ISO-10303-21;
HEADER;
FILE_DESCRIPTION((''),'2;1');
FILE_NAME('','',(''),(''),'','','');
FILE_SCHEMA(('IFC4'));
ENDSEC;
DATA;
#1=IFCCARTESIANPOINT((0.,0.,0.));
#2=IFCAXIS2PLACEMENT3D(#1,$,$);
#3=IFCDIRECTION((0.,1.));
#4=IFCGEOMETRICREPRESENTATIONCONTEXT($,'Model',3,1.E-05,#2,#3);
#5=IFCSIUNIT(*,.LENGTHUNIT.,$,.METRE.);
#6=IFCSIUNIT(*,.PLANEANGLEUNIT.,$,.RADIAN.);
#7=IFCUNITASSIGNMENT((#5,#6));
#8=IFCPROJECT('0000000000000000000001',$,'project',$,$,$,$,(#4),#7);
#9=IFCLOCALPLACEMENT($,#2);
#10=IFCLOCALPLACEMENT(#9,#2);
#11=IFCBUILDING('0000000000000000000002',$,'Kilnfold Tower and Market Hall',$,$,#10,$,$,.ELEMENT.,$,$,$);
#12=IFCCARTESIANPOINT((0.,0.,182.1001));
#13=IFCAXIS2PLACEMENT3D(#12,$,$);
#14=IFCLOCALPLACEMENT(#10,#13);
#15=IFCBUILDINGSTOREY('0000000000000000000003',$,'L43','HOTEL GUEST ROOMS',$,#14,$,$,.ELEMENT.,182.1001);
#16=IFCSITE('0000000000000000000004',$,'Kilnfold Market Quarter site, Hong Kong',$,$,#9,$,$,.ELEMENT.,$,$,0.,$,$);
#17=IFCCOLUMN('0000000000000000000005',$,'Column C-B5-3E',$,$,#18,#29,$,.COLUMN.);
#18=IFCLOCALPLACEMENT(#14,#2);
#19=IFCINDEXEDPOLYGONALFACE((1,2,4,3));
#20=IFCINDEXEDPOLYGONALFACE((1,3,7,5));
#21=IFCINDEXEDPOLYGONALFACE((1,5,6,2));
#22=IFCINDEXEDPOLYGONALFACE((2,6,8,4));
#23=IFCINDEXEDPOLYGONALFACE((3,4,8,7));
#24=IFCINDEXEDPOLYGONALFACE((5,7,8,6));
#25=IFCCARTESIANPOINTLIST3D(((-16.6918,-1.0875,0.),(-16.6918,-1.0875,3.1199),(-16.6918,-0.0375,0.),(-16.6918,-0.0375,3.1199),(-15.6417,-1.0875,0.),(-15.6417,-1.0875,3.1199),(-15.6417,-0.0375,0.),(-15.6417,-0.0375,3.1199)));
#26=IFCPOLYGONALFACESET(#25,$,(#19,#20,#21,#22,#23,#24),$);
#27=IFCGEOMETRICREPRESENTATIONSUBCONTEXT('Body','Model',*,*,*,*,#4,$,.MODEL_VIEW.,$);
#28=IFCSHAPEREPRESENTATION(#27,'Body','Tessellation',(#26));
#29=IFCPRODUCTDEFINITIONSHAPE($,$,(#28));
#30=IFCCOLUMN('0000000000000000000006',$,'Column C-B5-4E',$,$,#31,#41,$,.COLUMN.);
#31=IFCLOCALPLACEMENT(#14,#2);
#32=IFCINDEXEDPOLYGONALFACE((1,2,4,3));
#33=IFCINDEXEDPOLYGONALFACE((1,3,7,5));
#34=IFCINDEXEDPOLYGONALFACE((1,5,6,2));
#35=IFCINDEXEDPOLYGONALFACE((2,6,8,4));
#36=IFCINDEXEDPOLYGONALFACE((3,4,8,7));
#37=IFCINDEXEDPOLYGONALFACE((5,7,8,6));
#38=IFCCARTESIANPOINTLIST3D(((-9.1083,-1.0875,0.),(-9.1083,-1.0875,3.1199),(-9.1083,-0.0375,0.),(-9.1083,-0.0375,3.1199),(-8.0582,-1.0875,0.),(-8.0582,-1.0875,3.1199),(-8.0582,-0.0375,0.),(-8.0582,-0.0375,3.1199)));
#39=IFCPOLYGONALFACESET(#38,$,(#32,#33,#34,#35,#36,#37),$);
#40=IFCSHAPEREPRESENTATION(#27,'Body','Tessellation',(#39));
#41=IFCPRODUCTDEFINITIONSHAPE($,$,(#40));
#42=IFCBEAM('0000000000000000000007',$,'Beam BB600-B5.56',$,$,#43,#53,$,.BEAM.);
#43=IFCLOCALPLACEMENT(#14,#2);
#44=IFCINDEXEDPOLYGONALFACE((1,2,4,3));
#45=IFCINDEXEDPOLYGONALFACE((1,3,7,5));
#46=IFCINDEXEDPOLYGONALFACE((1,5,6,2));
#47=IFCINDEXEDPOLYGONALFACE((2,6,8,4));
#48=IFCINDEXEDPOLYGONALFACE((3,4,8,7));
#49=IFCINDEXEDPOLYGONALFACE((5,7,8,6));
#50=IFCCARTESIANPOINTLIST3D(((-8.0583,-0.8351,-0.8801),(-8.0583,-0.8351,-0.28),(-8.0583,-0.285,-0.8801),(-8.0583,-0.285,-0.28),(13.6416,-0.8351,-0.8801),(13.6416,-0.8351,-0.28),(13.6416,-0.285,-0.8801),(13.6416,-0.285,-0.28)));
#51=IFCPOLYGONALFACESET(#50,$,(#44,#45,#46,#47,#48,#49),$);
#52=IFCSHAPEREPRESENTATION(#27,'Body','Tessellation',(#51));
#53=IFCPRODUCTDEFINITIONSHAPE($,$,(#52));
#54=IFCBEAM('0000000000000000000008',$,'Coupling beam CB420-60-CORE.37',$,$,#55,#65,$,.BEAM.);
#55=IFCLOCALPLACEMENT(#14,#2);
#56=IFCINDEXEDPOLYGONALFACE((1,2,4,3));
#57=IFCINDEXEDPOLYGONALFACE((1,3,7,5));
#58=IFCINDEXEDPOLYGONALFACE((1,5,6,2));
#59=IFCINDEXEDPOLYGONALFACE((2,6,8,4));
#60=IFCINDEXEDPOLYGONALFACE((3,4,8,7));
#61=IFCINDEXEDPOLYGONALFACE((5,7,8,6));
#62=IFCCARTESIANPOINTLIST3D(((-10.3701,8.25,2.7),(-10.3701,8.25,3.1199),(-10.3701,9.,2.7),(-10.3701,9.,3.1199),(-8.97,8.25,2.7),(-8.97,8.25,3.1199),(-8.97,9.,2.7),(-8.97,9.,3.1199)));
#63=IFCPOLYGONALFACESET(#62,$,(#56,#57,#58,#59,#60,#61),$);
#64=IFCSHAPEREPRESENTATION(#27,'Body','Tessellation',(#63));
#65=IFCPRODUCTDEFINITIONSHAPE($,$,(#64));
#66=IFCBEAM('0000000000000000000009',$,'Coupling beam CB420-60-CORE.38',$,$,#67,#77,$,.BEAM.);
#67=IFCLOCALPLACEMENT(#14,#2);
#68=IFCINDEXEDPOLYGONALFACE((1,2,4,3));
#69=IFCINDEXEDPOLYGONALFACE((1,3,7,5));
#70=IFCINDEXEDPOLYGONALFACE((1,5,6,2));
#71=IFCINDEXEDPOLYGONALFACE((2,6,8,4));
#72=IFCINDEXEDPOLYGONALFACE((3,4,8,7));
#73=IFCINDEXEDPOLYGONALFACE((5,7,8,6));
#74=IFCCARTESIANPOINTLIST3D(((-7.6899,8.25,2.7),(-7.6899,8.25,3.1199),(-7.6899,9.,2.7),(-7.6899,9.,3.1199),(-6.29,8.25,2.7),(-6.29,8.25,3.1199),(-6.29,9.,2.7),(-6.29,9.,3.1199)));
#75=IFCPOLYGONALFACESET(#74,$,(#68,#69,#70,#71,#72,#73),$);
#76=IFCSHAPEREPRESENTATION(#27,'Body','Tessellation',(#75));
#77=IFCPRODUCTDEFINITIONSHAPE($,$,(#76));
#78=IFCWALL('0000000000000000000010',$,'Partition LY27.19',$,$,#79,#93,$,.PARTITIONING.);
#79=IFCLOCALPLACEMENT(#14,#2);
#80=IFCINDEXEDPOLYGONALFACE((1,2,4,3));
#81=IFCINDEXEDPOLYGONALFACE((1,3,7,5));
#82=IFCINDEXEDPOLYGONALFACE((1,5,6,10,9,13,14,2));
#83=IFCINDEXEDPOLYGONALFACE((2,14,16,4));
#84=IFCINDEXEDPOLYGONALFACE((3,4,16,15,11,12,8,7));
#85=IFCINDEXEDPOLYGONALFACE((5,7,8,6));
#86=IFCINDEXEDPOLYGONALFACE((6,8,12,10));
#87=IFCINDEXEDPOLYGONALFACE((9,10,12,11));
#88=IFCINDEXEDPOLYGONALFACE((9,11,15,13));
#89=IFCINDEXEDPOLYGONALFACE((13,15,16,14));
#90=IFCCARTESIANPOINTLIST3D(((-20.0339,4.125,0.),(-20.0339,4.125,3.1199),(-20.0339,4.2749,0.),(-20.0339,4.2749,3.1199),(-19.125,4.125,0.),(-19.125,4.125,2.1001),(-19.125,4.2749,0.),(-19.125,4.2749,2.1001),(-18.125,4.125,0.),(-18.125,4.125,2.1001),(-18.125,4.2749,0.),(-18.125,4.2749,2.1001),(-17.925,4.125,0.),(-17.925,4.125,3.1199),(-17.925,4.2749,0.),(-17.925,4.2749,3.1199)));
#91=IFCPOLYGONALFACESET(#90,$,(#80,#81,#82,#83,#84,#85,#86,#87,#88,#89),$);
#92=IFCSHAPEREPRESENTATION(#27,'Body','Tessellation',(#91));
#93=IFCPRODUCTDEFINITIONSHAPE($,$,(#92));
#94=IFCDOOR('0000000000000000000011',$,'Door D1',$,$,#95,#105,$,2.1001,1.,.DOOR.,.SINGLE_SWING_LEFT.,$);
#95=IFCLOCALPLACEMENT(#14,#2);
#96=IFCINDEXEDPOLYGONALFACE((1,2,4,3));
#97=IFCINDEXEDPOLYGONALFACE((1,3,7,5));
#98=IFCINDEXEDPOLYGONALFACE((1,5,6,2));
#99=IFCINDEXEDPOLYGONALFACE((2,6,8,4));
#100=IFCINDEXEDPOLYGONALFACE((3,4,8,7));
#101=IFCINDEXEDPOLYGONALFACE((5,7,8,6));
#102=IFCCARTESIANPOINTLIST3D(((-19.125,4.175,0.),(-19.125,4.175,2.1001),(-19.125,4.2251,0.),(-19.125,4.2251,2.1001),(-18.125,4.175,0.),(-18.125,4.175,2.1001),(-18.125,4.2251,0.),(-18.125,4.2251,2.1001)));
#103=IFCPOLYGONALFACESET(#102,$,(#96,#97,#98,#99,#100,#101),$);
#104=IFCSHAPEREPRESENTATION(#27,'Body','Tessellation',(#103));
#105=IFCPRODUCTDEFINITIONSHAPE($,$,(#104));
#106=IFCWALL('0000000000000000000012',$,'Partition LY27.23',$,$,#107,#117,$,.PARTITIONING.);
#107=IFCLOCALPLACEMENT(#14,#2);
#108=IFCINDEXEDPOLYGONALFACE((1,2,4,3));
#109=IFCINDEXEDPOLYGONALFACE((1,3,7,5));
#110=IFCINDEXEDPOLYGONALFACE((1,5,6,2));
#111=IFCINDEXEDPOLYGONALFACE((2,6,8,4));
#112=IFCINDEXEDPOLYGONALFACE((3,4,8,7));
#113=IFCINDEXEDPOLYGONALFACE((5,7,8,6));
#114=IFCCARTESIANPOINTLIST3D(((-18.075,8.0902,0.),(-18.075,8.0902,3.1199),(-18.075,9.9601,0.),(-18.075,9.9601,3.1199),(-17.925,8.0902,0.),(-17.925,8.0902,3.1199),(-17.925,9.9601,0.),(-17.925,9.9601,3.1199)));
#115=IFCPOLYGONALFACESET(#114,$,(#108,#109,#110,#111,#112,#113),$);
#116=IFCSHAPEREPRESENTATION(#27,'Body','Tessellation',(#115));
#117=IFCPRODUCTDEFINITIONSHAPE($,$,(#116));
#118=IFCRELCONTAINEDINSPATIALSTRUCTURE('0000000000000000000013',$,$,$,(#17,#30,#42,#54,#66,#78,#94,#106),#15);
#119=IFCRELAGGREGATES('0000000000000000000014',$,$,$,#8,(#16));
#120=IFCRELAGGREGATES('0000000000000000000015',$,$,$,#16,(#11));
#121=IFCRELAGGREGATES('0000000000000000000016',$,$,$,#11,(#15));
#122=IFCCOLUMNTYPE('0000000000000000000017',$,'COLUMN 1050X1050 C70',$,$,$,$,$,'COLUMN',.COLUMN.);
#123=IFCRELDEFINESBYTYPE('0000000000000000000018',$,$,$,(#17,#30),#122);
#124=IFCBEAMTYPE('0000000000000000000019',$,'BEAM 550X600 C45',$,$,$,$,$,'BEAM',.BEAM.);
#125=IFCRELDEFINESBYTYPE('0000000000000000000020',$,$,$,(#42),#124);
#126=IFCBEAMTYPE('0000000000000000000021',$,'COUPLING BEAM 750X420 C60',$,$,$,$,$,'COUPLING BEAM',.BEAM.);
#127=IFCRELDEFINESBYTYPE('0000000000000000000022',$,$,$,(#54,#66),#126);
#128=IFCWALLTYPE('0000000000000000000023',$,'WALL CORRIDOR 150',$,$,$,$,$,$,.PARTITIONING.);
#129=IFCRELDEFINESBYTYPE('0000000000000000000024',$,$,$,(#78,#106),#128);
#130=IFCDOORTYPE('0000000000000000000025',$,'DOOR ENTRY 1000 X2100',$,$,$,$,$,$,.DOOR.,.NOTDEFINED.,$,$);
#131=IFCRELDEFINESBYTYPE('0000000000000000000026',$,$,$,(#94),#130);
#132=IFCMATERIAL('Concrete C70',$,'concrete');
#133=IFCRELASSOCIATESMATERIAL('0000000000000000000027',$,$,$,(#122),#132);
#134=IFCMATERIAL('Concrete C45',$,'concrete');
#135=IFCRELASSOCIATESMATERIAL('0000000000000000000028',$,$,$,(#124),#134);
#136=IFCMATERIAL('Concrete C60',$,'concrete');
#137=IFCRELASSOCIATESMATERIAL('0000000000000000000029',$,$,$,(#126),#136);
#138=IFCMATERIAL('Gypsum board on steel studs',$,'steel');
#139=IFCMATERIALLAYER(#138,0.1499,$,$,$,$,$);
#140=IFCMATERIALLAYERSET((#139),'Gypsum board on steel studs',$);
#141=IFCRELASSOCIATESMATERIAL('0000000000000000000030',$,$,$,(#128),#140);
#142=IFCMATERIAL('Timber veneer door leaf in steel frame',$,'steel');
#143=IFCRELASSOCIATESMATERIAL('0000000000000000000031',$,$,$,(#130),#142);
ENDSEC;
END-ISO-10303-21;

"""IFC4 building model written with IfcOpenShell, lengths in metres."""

from ifc_helpers import new_model, si_unit, direction, frame, frame_2d, origin, origin_2d, place, context, subcontext, project, spatial, rectangle, extrude, source, transform, mapped, material, layer, layer_set, material_profile, profile_set, type_object, element, fill, save


model = new_model("IFC4")

# Units and contexts
model_context = context("Model", 3, precision=1e-05, world=origin(), true_north=direction((0.0, 1.0)))
body_context = subcontext(model_context, "Body", "Model", "MODEL_VIEW")
ifc_project = project(units=[si_unit("LENGTHUNIT", "METRE"), si_unit("PLANEANGLEUNIT", "RADIAN")], contexts=[model_context])

# Site, building, storey
site_placement = place(None, origin())
site = spatial("IfcSite", under=ifc_project, at=site_placement, Name="Kilnfold Market Quarter site, Hong Kong", CompositionType="ELEMENT", RefElevation=0.0)
building_placement = place(site_placement, origin())
building = spatial("IfcBuilding", under=site, at=building_placement, Name="Kilnfold Tower and Market Hall", CompositionType="ELEMENT")
storey_placement = place(building_placement, frame((0.0, 0.0, 182.1001)))
storey = spatial("IfcBuildingStorey", under=building, at=storey_placement, Name="L43", Description="HOTEL GUEST ROOMS", CompositionType="ELEMENT", Elevation=182.1001)

# Columns
ifc_material_1 = material(Name="Concrete C70", Category="concrete")
ifc_material_profile_1 = material_profile(ifc_material_1, rectangle(XDim=1.05, YDim=1.05, at=origin_2d()), Name="RC 1050x1050")
ifc_profile_set_1 = profile_set([ifc_material_profile_1], Name="Concrete C70")
column_type = type_object("IfcColumnType", Name="COLUMN 1050X1050 C70", ElementType="COLUMN", PredefinedType="COLUMN", material=ifc_profile_set_1)
shared_shape_1 = source(origin(), body_context, "Body", "SweptSolid", [
    extrude(rectangle(XDim=1.05, YDim=1.05, at=origin_2d()), origin(), (0.0, 0.0, 1.0), 3.1199),
])
for number, where, z_axis, x_axis, name in (
    (1, (-16.1667, -0.5625, 0.0), (0.0, 0.0, 1.0), (1.0, 0.0, 0.0), "Column C-B5-3E"),
    (2, (-8.5833, -0.5625, 0.0), (0.0, 0.0, 1.0), (1.0, 0.0, 0.0), "Column C-B5-4E"),
):
    element("IfcColumn", number, at=place(storey_placement, frame(where, z_axis=z_axis, x_axis=x_axis)), inside=storey, type_object=column_type, Name=name, PredefinedType="COLUMN", context=body_context, shape_type="MappedRepresentation", body=[
        mapped(shared_shape_1, transform((0.0, 0.0, 0.0))),
    ])

# Beams
ifc_material_2 = material(Name="Concrete C45", Category="concrete")
ifc_material_profile_2 = material_profile(ifc_material_2, rectangle(XDim=0.55, YDim=0.6001, at=origin_2d()), Name="RC 550x600")
ifc_profile_set_2 = profile_set([ifc_material_profile_2], Name="Concrete C45")
beam_type_1 = type_object("IfcBeamType", Name="BEAM 550X600 C45", ElementType="BEAM", PredefinedType="BEAM", material=ifc_profile_set_2)
shared_shape_2 = source(origin(), body_context, "Body", "SweptSolid", [
    extrude(rectangle(XDim=0.55, YDim=0.6001, at=origin_2d()), origin(), (0.0, 0.0, 1.0), 21.7),
])
beam_1_placement = place(storey_placement, frame((-8.0583, -0.5601, -0.5801), z_axis=(1.0, 0.0, 0.0), x_axis=(0.0, 1.0, 0.0)))
element("IfcBeam", 3, at=beam_1_placement, inside=storey, type_object=beam_type_1, Name="Beam BB600-B5.56", PredefinedType="BEAM", context=body_context, shape_type="MappedRepresentation", body=[
    mapped(shared_shape_2, transform((0.0, 0.0, 0.0))),
])
ifc_material_3 = material(Name="Concrete C60", Category="concrete")
ifc_material_profile_3 = material_profile(ifc_material_3, rectangle(XDim=0.75, YDim=0.4199, at=origin_2d()), Name="RC 750x420")
ifc_profile_set_3 = profile_set([ifc_material_profile_3], Name="Concrete C60")
beam_type_2 = type_object("IfcBeamType", Name="COUPLING BEAM 750X420 C60", ElementType="COUPLING BEAM", PredefinedType="BEAM", material=ifc_profile_set_3)
shared_shape_3 = source(origin(), body_context, "Body", "SweptSolid", [
    extrude(rectangle(XDim=0.75, YDim=0.4199, at=origin_2d()), origin(), (0.0, 0.0, 1.0), 1.4001),
])
beam_2_placement = place(storey_placement, frame((-10.3701, 8.625, 2.9099), z_axis=(1.0, 0.0, 0.0), x_axis=(0.0, 1.0, 0.0)))
element("IfcBeam", 4, at=beam_2_placement, inside=storey, type_object=beam_type_2, Name="Coupling beam CB420-60-CORE.37", PredefinedType="BEAM", context=body_context, shape_type="MappedRepresentation", body=[
    mapped(shared_shape_3, transform((0.0, 0.0, 0.0))),
])
shared_shape_4 = source(origin(), body_context, "Body", "SweptSolid", [
    extrude(rectangle(XDim=0.75, YDim=0.4199, at=origin_2d()), origin(), (0.0, 0.0, 1.0), 1.3999),
])
beam_3_placement = place(storey_placement, frame((-7.6899, 8.625, 2.9099), z_axis=(1.0, 0.0, 0.0), x_axis=(0.0, 1.0, 0.0)))
element("IfcBeam", 5, at=beam_3_placement, inside=storey, type_object=beam_type_2, Name="Coupling beam CB420-60-CORE.38", PredefinedType="BEAM", context=body_context, shape_type="MappedRepresentation", body=[
    mapped(shared_shape_4, transform((0.0, 0.0, 0.0))),
])

# Wall, opening, door
ifc_material_4 = material(Name="Gypsum board on steel studs", Category="steel")
ifc_layer_1 = layer(ifc_material_4, 0.1499)
ifc_layer_set_1 = layer_set([ifc_layer_1], Name="Gypsum board on steel studs")
wall_type_1 = type_object("IfcWallType", Name="WALL CORRIDOR 150", PredefinedType="PARTITIONING", material=ifc_layer_set_1)
wall_1_placement = place(storey_placement, frame((-17.925, 4.2, 0.0), z_axis=(0.0, 0.0, 1.0), x_axis=(-1.0, 0.0, 0.0)))
wall_1 = element("IfcWall", 6, at=wall_1_placement, inside=storey, type_object=wall_type_1, Name="Partition LY27.19", PredefinedType="PARTITIONING", context=body_context, shape_type="SweptSolid", body=[
    extrude(rectangle(XDim=2.1089, YDim=0.1499, at=frame_2d((1.0544, 0.0))), origin(), (0.0, 0.0, 1.0), 3.1199),
])
opening_1_placement = place(wall_1_placement, frame((0.2, 0.0, 0.0)))
opening_1 = element("IfcOpeningElement", 7, at=opening_1_placement, cuts=wall_1, PredefinedType="OPENING", context=body_context, shape_type="SweptSolid", body=[
    extrude(rectangle(XDim=1.0, YDim=2.1001, at=frame_2d((0.5, 1.05))), frame((0.0, 0.085, 0.0), z_axis=(0.0, -1.0, 0.0), x_axis=(1.0, 0.0, 0.0)), (0.0, 0.0, 1.0), 0.1699),
])
ifc_material_5 = material(Name="Timber veneer door leaf in steel frame", Category="steel")
door_type_1 = type_object("IfcDoorType", Name="DOOR ENTRY 1000 X2100", OperationType="NOTDEFINED", PredefinedType="DOOR", material=ifc_material_5)
door_1_placement = place(opening_1_placement, origin())
door_1 = element("IfcDoor", 8, at=door_1_placement, inside=storey, type_object=door_type_1, Name="Door D1", OperationType="SINGLE_SWING_LEFT", OverallHeight=2.1001, OverallWidth=1.0, PredefinedType="DOOR", context=body_context, shape_type="SweptSolid", body=[
    extrude(rectangle(XDim=1.0, YDim=2.1001, at=frame_2d((0.5, 1.05))), frame((0.0, 0.0249, 0.0), z_axis=(0.0, -1.0, 0.0), x_axis=(1.0, 0.0, 0.0)), (0.0, 0.0, 1.0), 0.05),
])
fill(opening_1, door_1)

# Wall
wall_2_placement = place(storey_placement, frame((-18.0, 8.0901, 0.0), z_axis=(0.0, 0.0, 1.0), x_axis=(0.0, 1.0, 0.0)))
element("IfcWall", 9, at=wall_2_placement, inside=storey, type_object=wall_type_1, Name="Partition LY27.23", PredefinedType="PARTITIONING", context=body_context, shape_type="SweptSolid", body=[
    extrude(rectangle(XDim=1.8699, YDim=0.1499, at=frame_2d((0.9351, 0.0))), origin(), (0.0, 0.0, 1.0), 3.1199),
])

save(model, "model.ifc")
